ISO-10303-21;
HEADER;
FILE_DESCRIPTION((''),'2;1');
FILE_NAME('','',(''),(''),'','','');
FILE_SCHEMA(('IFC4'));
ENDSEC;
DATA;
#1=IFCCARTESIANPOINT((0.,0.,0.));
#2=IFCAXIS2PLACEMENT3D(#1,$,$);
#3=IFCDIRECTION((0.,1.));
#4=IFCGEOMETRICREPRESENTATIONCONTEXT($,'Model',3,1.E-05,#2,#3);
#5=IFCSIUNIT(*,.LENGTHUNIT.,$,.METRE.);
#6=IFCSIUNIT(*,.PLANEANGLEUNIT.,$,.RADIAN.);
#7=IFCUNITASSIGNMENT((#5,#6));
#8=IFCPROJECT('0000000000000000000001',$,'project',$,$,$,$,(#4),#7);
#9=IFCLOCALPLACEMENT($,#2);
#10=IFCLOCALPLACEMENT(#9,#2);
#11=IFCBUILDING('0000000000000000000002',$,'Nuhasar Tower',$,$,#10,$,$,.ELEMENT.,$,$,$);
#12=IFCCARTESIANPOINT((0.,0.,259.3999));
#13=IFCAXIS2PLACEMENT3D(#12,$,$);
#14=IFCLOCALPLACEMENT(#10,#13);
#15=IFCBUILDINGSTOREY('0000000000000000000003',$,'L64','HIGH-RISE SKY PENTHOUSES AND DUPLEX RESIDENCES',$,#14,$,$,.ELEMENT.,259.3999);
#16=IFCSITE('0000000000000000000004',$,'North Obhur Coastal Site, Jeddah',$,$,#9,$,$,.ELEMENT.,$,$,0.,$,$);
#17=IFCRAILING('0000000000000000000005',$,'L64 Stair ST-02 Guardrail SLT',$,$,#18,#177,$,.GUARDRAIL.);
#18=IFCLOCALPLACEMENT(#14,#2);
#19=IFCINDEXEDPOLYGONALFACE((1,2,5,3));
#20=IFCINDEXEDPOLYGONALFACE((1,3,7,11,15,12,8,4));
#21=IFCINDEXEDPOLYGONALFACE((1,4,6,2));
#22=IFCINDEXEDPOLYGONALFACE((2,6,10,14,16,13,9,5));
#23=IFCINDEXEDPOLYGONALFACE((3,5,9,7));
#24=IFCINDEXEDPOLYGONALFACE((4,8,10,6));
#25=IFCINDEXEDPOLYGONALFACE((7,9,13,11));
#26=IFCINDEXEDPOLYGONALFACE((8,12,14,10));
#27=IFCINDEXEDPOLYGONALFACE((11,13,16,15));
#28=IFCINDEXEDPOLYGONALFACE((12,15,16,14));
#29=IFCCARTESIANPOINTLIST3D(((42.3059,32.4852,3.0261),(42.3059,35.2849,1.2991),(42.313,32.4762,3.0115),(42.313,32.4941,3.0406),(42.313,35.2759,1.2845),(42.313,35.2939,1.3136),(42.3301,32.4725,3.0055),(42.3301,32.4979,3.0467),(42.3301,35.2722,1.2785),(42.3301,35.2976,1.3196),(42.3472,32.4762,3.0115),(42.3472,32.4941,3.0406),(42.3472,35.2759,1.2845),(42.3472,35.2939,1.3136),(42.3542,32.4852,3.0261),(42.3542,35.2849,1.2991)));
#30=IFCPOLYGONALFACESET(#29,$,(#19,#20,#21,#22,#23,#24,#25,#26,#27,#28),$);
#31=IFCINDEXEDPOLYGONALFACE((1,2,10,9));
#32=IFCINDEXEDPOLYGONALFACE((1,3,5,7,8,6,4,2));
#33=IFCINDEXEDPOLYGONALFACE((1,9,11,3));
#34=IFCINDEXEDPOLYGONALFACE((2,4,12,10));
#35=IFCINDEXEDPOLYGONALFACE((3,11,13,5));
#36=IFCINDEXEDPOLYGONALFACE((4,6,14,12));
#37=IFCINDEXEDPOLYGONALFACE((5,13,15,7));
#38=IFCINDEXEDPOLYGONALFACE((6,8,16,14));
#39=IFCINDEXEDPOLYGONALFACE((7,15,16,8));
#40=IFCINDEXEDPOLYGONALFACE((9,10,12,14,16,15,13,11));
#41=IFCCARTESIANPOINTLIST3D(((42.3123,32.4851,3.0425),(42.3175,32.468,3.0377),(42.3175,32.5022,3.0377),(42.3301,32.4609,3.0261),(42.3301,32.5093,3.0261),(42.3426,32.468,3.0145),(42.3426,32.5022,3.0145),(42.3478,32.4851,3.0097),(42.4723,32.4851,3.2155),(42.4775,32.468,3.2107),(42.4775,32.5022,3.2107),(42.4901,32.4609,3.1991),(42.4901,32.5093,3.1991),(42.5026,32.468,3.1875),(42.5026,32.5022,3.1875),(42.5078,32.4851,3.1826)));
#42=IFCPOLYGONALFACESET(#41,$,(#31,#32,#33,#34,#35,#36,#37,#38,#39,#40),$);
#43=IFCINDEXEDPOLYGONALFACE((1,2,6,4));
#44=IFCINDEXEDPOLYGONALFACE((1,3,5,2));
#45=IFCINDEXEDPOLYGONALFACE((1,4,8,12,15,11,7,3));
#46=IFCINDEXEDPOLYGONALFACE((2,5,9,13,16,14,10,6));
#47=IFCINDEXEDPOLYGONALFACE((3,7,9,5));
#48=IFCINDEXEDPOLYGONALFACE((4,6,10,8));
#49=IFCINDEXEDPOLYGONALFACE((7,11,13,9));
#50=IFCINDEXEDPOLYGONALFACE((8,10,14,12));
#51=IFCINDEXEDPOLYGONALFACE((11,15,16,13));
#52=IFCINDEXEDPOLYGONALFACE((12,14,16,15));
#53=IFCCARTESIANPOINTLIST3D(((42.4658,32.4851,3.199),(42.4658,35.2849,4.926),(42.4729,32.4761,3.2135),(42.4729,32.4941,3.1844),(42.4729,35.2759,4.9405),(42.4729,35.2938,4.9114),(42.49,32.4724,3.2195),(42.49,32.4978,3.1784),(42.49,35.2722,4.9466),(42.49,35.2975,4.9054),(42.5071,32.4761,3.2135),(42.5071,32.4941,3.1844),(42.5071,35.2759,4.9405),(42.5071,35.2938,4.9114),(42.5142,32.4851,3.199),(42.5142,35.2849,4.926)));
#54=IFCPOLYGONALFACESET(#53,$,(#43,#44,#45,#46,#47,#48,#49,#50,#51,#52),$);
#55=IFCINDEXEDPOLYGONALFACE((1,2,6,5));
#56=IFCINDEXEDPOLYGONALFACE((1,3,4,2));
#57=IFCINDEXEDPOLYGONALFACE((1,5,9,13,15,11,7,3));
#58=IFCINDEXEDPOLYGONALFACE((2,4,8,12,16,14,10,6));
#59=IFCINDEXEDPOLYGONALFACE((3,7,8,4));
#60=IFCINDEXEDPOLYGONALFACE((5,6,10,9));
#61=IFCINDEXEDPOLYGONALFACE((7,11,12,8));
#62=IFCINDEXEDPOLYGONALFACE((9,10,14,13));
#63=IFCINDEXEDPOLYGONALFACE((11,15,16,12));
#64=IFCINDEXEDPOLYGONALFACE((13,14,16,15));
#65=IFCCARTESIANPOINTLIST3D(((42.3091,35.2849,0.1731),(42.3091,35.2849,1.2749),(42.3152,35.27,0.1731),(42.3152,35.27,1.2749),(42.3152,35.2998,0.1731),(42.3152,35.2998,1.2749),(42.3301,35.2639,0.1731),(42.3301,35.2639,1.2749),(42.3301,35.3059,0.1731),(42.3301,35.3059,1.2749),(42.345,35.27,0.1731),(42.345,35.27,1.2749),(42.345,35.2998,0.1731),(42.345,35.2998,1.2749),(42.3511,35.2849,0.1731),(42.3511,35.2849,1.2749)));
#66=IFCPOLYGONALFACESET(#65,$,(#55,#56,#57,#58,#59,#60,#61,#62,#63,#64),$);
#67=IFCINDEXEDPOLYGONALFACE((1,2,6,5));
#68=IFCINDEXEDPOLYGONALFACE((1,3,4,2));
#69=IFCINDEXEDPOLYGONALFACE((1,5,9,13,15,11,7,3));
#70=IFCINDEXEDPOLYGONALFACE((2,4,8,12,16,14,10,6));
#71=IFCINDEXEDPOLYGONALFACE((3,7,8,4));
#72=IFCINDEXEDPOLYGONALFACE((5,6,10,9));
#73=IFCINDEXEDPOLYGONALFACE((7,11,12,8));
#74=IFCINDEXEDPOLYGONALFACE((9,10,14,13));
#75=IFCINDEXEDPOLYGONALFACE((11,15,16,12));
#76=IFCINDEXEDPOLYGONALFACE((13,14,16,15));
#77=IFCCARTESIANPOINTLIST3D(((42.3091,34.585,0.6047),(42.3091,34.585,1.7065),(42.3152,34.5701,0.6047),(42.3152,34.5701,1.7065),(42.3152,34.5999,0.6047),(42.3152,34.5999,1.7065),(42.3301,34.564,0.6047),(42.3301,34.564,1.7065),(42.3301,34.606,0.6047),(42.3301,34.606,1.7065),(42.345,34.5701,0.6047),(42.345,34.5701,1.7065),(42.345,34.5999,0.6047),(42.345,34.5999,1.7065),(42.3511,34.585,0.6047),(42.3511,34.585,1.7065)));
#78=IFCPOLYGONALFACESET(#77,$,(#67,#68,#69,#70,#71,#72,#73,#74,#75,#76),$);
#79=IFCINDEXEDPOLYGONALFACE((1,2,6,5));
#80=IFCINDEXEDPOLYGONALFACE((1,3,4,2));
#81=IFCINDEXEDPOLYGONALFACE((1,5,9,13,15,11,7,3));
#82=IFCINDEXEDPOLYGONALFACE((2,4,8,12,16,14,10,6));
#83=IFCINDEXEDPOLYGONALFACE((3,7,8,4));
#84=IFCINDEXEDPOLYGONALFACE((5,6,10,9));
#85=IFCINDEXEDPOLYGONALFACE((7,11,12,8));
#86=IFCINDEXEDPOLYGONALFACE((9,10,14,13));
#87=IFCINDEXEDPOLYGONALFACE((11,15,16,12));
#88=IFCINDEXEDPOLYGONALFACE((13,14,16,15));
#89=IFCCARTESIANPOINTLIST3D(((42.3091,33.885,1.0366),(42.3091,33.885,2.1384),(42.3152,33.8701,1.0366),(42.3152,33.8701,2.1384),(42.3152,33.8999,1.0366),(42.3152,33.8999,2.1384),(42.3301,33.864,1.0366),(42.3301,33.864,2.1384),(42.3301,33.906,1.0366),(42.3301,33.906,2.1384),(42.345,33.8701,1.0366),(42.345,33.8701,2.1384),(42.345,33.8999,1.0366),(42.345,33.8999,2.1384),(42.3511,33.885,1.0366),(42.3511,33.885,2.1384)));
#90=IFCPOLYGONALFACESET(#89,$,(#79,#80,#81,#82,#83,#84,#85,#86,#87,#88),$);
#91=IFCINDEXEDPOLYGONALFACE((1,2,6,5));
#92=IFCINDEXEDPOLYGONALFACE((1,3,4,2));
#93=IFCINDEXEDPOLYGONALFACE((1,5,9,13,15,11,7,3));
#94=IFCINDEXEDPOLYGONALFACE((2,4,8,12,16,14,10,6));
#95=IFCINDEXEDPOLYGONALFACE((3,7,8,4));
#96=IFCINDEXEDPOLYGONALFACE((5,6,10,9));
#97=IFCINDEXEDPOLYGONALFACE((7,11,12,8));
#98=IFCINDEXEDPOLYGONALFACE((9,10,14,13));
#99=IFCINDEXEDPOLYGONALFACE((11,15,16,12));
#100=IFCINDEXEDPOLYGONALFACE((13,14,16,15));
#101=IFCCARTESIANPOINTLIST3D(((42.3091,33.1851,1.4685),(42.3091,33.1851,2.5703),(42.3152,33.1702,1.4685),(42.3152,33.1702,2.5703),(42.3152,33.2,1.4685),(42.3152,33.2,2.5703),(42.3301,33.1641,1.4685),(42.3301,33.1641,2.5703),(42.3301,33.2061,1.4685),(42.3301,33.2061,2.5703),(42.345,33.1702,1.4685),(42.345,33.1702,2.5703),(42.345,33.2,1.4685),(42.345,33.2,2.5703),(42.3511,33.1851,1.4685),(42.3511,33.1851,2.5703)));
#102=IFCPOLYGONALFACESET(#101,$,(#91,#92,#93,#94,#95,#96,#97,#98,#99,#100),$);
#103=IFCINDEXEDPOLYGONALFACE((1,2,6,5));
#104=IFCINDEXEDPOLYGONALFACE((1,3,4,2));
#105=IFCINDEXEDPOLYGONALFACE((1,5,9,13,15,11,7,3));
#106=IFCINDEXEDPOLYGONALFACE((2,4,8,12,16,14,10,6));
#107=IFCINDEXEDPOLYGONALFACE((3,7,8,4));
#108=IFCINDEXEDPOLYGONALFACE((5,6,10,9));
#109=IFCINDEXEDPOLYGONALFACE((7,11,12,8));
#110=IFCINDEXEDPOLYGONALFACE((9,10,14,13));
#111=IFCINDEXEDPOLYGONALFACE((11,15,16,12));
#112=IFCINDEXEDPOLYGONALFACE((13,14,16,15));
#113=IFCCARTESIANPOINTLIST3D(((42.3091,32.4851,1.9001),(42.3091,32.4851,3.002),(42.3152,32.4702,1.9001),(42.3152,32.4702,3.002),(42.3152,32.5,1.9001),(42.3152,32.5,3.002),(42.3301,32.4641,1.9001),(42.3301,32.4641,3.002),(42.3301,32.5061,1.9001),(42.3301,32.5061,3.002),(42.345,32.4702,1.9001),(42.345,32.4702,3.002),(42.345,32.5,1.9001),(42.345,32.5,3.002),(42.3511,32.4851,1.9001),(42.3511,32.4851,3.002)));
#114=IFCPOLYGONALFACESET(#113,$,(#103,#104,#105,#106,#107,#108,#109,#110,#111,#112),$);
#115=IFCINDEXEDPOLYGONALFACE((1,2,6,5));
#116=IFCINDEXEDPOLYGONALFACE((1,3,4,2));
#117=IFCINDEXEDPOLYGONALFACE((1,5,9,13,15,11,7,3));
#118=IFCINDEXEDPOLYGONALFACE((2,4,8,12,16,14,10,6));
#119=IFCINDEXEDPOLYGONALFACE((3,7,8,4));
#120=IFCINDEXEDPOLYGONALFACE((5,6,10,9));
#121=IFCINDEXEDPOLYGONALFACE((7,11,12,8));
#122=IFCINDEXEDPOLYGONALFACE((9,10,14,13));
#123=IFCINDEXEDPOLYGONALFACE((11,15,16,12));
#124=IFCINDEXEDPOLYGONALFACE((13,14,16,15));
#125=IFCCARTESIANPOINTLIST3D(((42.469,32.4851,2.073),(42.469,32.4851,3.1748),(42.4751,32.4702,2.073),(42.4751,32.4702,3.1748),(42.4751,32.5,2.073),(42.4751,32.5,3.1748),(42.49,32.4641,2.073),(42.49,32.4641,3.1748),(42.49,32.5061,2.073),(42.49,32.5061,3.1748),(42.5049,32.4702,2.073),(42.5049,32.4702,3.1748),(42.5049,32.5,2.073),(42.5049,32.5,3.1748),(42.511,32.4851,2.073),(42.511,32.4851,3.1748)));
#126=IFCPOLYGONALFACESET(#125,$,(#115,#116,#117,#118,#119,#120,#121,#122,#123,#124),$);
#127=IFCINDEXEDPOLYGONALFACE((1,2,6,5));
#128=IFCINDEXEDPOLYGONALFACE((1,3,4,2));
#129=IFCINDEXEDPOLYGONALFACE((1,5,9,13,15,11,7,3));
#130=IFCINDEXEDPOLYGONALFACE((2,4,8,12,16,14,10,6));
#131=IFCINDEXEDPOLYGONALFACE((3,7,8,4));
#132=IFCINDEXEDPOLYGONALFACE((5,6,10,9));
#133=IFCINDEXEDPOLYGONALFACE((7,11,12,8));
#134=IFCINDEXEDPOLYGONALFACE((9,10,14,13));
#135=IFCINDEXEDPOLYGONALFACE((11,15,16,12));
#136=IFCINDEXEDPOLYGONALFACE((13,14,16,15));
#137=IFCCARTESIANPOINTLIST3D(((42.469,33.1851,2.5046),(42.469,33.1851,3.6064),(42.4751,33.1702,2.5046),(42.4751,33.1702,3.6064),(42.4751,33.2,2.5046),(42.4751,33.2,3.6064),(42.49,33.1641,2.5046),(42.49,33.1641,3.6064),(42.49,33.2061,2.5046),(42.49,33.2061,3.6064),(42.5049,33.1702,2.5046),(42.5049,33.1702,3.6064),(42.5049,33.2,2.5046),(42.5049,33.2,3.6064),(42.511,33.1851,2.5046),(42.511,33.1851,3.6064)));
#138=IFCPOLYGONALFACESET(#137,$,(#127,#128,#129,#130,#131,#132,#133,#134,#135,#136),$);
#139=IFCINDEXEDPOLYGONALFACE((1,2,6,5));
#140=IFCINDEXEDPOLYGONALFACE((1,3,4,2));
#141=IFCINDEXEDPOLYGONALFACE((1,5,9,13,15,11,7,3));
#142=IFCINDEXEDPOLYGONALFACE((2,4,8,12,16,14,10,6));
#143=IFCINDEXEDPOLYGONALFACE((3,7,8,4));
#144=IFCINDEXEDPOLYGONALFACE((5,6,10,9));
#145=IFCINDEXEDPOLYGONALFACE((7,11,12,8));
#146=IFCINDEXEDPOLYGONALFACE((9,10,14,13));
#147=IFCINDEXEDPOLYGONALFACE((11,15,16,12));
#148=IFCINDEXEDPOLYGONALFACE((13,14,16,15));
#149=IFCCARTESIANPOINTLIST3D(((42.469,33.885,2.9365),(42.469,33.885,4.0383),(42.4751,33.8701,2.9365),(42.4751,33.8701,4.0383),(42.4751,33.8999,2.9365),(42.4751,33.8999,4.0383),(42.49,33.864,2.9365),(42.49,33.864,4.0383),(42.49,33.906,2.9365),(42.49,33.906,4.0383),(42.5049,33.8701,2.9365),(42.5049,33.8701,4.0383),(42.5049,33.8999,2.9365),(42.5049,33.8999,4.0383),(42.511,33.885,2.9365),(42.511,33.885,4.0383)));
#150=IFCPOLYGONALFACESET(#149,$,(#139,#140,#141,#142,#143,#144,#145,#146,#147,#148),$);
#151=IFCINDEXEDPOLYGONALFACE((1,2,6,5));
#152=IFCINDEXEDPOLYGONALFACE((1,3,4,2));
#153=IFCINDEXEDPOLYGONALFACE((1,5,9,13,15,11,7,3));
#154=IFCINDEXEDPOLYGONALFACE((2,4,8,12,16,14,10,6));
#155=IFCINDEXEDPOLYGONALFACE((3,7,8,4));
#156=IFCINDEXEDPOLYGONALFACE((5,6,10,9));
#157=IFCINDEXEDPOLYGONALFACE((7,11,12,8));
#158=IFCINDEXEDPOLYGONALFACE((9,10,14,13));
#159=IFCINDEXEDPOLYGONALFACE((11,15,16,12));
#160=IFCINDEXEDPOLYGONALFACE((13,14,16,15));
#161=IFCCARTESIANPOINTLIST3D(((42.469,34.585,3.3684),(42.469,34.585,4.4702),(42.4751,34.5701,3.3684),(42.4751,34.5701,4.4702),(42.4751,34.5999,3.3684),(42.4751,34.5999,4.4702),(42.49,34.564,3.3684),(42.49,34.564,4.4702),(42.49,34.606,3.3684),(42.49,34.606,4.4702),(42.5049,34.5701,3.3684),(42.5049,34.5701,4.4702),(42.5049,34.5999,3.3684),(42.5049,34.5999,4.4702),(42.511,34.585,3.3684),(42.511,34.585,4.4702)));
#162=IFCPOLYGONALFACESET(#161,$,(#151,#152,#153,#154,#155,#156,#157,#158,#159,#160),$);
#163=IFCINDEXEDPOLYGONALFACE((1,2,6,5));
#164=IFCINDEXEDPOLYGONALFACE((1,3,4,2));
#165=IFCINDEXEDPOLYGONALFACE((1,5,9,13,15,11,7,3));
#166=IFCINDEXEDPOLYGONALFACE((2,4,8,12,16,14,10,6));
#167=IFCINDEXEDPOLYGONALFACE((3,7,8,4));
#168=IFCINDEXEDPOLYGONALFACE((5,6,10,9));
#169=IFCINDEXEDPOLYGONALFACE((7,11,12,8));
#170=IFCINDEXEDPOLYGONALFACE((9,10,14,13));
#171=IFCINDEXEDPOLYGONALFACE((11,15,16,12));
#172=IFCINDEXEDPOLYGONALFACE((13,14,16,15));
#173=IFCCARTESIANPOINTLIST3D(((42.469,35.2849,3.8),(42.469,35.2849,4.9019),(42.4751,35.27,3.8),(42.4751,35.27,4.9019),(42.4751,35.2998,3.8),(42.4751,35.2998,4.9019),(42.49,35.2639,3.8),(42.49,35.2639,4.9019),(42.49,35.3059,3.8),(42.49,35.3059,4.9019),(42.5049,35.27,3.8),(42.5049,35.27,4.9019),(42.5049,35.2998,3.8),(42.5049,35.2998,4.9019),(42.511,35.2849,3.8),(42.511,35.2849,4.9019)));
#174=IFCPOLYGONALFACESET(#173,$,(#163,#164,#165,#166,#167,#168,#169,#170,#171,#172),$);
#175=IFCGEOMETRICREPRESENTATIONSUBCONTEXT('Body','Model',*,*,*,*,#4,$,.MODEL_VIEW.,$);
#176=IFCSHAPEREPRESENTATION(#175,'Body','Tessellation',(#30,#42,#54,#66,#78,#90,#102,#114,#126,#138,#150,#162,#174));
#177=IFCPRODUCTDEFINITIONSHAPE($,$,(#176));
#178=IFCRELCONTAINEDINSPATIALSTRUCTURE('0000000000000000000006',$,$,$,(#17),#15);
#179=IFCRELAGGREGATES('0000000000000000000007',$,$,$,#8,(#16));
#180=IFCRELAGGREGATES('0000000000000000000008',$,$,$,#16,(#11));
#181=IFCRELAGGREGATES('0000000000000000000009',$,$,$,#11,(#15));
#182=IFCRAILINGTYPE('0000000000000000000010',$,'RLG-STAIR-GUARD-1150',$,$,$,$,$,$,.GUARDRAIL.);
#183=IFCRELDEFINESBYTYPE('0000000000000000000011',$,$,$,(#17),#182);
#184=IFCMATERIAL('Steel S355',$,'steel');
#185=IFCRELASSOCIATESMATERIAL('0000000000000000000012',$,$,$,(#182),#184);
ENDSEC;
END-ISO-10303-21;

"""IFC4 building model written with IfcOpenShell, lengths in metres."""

from ifc_helpers import new_model, si_unit, direction, frame, origin, place, context, subcontext, project, spatial, polyline, outline, extrude, material, type_object, element, save


model = new_model("IFC4")

# Units and contexts
model_context = context("Model", 3, precision=1e-05, world=origin(), true_north=direction((0.0, 1.0)))
body_context = subcontext(model_context, "Body", "Model", "MODEL_VIEW")
ifc_project = project(units=[si_unit("LENGTHUNIT", "METRE"), si_unit("PLANEANGLEUNIT", "RADIAN")], contexts=[model_context])

# Site, building, storey
site_placement = place(None, origin())
site = spatial("IfcSite", under=ifc_project, at=site_placement, Name="North Obhur Coastal Site, Jeddah", CompositionType="ELEMENT", RefElevation=0.0)
building_placement = place(site_placement, origin())
building = spatial("IfcBuilding", under=site, at=building_placement, Name="Nuhasar Tower", CompositionType="ELEMENT")
storey_placement = place(building_placement, frame((0.0, 0.0, 259.3999)))
storey = spatial("IfcBuildingStorey", under=building, at=storey_placement, Name="L64", Description="HIGH-RISE SKY PENTHOUSES AND DUPLEX RESIDENCES", CompositionType="ELEMENT", Elevation=259.3999)

# Shared definitions
ifc_material_1 = material(Name="Steel S355", Category="steel")

# Railing
railing_type_1 = type_object("IfcRailingType", Name="RLG-STAIR-GUARD-1150", PredefinedType="GUARDRAIL", material=ifc_material_1)
railing_1_placement = place(storey_placement, frame((42.3301, 35.2849, 0.1731)))
element("IfcRailing", 1, at=railing_1_placement, inside=storey, type_object=railing_type_1, Name="L64 Stair ST-02 Guardrail SLT", PredefinedType="GUARDRAIL", context=body_context, shape_type="SweptSolid", body=[
    extrude(outline(polyline([(0.0242, 0.0), (0.0171, 0.0171), (0.0, 0.0242), (-0.0171, 0.0171), (-0.0242, 0.0), (-0.0171, -0.0171), (0.0, -0.0242), (0.0171, -0.0171), (0.0242, 0.0)])), frame((0.0, 0.0, 1.126), z_axis=(0.0, -0.851102, 0.525), x_axis=(1.0, 0.0, 0.0)), (0.0, 0.0, 1.0), 3.2896),
    extrude(outline(polyline([(0.0242, 0.0), (0.0171, 0.0171), (0.0, 0.0242), (-0.0171, 0.0171), (-0.0242, 0.0), (-0.0171, -0.0171), (0.0, -0.0242), (0.0171, -0.0171), (0.0242, 0.0)])), frame((0.0, -2.7998, 2.853), z_axis=(0.679098, 0.0, 0.734048), x_axis=(0.0, 1.0, 0.0)), (0.0, 0.0, 1.0), 0.2356),
    extrude(outline(polyline([(0.0242, 0.0), (0.0171, 0.0171), (0.0, 0.0242), (-0.0171, 0.0171), (-0.0242, 0.0), (-0.0171, -0.0171), (0.0, -0.0242), (0.0171, -0.0171), (0.0242, 0.0)])), frame((0.1599, -2.7998, 3.0259), z_axis=(0.0, 0.851102, 0.525), x_axis=(-1.0, 0.0, 0.0)), (0.0, 0.0, 1.0), 3.2896),
    extrude(outline(polyline([(0.021, 0.0), (0.0149, 0.0149), (0.0, 0.021), (-0.0149, 0.0149), (-0.021, 0.0), (-0.0149, -0.0149), (0.0, -0.021), (0.0149, -0.0149), (0.021, 0.0)])), origin(), (0.0, 0.0, 1.0), 1.1018),
    extrude(outline(polyline([(0.021, 0.0), (0.0149, 0.0149), (0.0, 0.021), (-0.0149, 0.0149), (-0.021, 0.0), (-0.0149, -0.0149), (0.0, -0.021), (0.0149, -0.0149), (0.021, 0.0)])), frame((0.0, -0.7, 0.4316)), (0.0, 0.0, 1.0), 1.1018),
    extrude(outline(polyline([(0.021, 0.0), (0.0149, 0.0149), (0.0, 0.021), (-0.0149, 0.0149), (-0.021, 0.0), (-0.0149, -0.0149), (0.0, -0.021), (0.0149, -0.0149), (0.021, 0.0)])), frame((0.0, -1.3999, 0.8635)), (0.0, 0.0, 1.0), 1.1018),
    extrude(outline(polyline([(0.021, 0.0), (0.0149, 0.0149), (0.0, 0.021), (-0.0149, 0.0149), (-0.021, 0.0), (-0.0149, -0.0149), (0.0, -0.021), (0.0149, -0.0149), (0.021, 0.0)])), frame((0.0, -2.0999, 1.2954)), (0.0, 0.0, 1.0), 1.1018),
    extrude(outline(polyline([(0.021, 0.0), (0.0149, 0.0149), (0.0, 0.021), (-0.0149, 0.0149), (-0.021, 0.0), (-0.0149, -0.0149), (0.0, -0.021), (0.0149, -0.0149), (0.021, 0.0)])), frame((0.0, -2.7998, 1.7271)), (0.0, 0.0, 1.0), 1.1018),
    extrude(outline(polyline([(0.021, 0.0), (0.0149, 0.0149), (0.0, 0.021), (-0.0149, 0.0149), (-0.021, 0.0), (-0.0149, -0.0149), (0.0, -0.021), (0.0149, -0.0149), (0.021, 0.0)])), frame((0.1599, -2.7998, 1.8999)), (0.0, 0.0, 1.0), 1.1018),
    extrude(outline(polyline([(0.021, 0.0), (0.0149, 0.0149), (0.0, 0.021), (-0.0149, 0.0149), (-0.021, 0.0), (-0.0149, -0.0149), (0.0, -0.021), (0.0149, -0.0149), (0.021, 0.0)])), frame((0.1599, -2.0999, 2.3315)), (0.0, 0.0, 1.0), 1.1018),
    extrude(outline(polyline([(0.021, 0.0), (0.0149, 0.0149), (0.0, 0.021), (-0.0149, 0.0149), (-0.021, 0.0), (-0.0149, -0.0149), (0.0, -0.021), (0.0149, -0.0149), (0.021, 0.0)])), frame((0.1599, -1.3999, 2.7634)), (0.0, 0.0, 1.0), 1.1018),
    extrude(outline(polyline([(0.021, 0.0), (0.0149, 0.0149), (0.0, 0.021), (-0.0149, 0.0149), (-0.021, 0.0), (-0.0149, -0.0149), (0.0, -0.021), (0.0149, -0.0149), (0.021, 0.0)])), frame((0.1599, -0.7, 3.1953)), (0.0, 0.0, 1.0), 1.1018),
    extrude(outline(polyline([(0.021, 0.0), (0.0149, 0.0149), (0.0, 0.021), (-0.0149, 0.0149), (-0.021, 0.0), (-0.0149, -0.0149), (0.0, -0.021), (0.0149, -0.0149), (0.021, 0.0)])), frame((0.1599, 0.0, 3.627)), (0.0, 0.0, 1.0), 1.1018),
])

save(model, "model.ifc")
